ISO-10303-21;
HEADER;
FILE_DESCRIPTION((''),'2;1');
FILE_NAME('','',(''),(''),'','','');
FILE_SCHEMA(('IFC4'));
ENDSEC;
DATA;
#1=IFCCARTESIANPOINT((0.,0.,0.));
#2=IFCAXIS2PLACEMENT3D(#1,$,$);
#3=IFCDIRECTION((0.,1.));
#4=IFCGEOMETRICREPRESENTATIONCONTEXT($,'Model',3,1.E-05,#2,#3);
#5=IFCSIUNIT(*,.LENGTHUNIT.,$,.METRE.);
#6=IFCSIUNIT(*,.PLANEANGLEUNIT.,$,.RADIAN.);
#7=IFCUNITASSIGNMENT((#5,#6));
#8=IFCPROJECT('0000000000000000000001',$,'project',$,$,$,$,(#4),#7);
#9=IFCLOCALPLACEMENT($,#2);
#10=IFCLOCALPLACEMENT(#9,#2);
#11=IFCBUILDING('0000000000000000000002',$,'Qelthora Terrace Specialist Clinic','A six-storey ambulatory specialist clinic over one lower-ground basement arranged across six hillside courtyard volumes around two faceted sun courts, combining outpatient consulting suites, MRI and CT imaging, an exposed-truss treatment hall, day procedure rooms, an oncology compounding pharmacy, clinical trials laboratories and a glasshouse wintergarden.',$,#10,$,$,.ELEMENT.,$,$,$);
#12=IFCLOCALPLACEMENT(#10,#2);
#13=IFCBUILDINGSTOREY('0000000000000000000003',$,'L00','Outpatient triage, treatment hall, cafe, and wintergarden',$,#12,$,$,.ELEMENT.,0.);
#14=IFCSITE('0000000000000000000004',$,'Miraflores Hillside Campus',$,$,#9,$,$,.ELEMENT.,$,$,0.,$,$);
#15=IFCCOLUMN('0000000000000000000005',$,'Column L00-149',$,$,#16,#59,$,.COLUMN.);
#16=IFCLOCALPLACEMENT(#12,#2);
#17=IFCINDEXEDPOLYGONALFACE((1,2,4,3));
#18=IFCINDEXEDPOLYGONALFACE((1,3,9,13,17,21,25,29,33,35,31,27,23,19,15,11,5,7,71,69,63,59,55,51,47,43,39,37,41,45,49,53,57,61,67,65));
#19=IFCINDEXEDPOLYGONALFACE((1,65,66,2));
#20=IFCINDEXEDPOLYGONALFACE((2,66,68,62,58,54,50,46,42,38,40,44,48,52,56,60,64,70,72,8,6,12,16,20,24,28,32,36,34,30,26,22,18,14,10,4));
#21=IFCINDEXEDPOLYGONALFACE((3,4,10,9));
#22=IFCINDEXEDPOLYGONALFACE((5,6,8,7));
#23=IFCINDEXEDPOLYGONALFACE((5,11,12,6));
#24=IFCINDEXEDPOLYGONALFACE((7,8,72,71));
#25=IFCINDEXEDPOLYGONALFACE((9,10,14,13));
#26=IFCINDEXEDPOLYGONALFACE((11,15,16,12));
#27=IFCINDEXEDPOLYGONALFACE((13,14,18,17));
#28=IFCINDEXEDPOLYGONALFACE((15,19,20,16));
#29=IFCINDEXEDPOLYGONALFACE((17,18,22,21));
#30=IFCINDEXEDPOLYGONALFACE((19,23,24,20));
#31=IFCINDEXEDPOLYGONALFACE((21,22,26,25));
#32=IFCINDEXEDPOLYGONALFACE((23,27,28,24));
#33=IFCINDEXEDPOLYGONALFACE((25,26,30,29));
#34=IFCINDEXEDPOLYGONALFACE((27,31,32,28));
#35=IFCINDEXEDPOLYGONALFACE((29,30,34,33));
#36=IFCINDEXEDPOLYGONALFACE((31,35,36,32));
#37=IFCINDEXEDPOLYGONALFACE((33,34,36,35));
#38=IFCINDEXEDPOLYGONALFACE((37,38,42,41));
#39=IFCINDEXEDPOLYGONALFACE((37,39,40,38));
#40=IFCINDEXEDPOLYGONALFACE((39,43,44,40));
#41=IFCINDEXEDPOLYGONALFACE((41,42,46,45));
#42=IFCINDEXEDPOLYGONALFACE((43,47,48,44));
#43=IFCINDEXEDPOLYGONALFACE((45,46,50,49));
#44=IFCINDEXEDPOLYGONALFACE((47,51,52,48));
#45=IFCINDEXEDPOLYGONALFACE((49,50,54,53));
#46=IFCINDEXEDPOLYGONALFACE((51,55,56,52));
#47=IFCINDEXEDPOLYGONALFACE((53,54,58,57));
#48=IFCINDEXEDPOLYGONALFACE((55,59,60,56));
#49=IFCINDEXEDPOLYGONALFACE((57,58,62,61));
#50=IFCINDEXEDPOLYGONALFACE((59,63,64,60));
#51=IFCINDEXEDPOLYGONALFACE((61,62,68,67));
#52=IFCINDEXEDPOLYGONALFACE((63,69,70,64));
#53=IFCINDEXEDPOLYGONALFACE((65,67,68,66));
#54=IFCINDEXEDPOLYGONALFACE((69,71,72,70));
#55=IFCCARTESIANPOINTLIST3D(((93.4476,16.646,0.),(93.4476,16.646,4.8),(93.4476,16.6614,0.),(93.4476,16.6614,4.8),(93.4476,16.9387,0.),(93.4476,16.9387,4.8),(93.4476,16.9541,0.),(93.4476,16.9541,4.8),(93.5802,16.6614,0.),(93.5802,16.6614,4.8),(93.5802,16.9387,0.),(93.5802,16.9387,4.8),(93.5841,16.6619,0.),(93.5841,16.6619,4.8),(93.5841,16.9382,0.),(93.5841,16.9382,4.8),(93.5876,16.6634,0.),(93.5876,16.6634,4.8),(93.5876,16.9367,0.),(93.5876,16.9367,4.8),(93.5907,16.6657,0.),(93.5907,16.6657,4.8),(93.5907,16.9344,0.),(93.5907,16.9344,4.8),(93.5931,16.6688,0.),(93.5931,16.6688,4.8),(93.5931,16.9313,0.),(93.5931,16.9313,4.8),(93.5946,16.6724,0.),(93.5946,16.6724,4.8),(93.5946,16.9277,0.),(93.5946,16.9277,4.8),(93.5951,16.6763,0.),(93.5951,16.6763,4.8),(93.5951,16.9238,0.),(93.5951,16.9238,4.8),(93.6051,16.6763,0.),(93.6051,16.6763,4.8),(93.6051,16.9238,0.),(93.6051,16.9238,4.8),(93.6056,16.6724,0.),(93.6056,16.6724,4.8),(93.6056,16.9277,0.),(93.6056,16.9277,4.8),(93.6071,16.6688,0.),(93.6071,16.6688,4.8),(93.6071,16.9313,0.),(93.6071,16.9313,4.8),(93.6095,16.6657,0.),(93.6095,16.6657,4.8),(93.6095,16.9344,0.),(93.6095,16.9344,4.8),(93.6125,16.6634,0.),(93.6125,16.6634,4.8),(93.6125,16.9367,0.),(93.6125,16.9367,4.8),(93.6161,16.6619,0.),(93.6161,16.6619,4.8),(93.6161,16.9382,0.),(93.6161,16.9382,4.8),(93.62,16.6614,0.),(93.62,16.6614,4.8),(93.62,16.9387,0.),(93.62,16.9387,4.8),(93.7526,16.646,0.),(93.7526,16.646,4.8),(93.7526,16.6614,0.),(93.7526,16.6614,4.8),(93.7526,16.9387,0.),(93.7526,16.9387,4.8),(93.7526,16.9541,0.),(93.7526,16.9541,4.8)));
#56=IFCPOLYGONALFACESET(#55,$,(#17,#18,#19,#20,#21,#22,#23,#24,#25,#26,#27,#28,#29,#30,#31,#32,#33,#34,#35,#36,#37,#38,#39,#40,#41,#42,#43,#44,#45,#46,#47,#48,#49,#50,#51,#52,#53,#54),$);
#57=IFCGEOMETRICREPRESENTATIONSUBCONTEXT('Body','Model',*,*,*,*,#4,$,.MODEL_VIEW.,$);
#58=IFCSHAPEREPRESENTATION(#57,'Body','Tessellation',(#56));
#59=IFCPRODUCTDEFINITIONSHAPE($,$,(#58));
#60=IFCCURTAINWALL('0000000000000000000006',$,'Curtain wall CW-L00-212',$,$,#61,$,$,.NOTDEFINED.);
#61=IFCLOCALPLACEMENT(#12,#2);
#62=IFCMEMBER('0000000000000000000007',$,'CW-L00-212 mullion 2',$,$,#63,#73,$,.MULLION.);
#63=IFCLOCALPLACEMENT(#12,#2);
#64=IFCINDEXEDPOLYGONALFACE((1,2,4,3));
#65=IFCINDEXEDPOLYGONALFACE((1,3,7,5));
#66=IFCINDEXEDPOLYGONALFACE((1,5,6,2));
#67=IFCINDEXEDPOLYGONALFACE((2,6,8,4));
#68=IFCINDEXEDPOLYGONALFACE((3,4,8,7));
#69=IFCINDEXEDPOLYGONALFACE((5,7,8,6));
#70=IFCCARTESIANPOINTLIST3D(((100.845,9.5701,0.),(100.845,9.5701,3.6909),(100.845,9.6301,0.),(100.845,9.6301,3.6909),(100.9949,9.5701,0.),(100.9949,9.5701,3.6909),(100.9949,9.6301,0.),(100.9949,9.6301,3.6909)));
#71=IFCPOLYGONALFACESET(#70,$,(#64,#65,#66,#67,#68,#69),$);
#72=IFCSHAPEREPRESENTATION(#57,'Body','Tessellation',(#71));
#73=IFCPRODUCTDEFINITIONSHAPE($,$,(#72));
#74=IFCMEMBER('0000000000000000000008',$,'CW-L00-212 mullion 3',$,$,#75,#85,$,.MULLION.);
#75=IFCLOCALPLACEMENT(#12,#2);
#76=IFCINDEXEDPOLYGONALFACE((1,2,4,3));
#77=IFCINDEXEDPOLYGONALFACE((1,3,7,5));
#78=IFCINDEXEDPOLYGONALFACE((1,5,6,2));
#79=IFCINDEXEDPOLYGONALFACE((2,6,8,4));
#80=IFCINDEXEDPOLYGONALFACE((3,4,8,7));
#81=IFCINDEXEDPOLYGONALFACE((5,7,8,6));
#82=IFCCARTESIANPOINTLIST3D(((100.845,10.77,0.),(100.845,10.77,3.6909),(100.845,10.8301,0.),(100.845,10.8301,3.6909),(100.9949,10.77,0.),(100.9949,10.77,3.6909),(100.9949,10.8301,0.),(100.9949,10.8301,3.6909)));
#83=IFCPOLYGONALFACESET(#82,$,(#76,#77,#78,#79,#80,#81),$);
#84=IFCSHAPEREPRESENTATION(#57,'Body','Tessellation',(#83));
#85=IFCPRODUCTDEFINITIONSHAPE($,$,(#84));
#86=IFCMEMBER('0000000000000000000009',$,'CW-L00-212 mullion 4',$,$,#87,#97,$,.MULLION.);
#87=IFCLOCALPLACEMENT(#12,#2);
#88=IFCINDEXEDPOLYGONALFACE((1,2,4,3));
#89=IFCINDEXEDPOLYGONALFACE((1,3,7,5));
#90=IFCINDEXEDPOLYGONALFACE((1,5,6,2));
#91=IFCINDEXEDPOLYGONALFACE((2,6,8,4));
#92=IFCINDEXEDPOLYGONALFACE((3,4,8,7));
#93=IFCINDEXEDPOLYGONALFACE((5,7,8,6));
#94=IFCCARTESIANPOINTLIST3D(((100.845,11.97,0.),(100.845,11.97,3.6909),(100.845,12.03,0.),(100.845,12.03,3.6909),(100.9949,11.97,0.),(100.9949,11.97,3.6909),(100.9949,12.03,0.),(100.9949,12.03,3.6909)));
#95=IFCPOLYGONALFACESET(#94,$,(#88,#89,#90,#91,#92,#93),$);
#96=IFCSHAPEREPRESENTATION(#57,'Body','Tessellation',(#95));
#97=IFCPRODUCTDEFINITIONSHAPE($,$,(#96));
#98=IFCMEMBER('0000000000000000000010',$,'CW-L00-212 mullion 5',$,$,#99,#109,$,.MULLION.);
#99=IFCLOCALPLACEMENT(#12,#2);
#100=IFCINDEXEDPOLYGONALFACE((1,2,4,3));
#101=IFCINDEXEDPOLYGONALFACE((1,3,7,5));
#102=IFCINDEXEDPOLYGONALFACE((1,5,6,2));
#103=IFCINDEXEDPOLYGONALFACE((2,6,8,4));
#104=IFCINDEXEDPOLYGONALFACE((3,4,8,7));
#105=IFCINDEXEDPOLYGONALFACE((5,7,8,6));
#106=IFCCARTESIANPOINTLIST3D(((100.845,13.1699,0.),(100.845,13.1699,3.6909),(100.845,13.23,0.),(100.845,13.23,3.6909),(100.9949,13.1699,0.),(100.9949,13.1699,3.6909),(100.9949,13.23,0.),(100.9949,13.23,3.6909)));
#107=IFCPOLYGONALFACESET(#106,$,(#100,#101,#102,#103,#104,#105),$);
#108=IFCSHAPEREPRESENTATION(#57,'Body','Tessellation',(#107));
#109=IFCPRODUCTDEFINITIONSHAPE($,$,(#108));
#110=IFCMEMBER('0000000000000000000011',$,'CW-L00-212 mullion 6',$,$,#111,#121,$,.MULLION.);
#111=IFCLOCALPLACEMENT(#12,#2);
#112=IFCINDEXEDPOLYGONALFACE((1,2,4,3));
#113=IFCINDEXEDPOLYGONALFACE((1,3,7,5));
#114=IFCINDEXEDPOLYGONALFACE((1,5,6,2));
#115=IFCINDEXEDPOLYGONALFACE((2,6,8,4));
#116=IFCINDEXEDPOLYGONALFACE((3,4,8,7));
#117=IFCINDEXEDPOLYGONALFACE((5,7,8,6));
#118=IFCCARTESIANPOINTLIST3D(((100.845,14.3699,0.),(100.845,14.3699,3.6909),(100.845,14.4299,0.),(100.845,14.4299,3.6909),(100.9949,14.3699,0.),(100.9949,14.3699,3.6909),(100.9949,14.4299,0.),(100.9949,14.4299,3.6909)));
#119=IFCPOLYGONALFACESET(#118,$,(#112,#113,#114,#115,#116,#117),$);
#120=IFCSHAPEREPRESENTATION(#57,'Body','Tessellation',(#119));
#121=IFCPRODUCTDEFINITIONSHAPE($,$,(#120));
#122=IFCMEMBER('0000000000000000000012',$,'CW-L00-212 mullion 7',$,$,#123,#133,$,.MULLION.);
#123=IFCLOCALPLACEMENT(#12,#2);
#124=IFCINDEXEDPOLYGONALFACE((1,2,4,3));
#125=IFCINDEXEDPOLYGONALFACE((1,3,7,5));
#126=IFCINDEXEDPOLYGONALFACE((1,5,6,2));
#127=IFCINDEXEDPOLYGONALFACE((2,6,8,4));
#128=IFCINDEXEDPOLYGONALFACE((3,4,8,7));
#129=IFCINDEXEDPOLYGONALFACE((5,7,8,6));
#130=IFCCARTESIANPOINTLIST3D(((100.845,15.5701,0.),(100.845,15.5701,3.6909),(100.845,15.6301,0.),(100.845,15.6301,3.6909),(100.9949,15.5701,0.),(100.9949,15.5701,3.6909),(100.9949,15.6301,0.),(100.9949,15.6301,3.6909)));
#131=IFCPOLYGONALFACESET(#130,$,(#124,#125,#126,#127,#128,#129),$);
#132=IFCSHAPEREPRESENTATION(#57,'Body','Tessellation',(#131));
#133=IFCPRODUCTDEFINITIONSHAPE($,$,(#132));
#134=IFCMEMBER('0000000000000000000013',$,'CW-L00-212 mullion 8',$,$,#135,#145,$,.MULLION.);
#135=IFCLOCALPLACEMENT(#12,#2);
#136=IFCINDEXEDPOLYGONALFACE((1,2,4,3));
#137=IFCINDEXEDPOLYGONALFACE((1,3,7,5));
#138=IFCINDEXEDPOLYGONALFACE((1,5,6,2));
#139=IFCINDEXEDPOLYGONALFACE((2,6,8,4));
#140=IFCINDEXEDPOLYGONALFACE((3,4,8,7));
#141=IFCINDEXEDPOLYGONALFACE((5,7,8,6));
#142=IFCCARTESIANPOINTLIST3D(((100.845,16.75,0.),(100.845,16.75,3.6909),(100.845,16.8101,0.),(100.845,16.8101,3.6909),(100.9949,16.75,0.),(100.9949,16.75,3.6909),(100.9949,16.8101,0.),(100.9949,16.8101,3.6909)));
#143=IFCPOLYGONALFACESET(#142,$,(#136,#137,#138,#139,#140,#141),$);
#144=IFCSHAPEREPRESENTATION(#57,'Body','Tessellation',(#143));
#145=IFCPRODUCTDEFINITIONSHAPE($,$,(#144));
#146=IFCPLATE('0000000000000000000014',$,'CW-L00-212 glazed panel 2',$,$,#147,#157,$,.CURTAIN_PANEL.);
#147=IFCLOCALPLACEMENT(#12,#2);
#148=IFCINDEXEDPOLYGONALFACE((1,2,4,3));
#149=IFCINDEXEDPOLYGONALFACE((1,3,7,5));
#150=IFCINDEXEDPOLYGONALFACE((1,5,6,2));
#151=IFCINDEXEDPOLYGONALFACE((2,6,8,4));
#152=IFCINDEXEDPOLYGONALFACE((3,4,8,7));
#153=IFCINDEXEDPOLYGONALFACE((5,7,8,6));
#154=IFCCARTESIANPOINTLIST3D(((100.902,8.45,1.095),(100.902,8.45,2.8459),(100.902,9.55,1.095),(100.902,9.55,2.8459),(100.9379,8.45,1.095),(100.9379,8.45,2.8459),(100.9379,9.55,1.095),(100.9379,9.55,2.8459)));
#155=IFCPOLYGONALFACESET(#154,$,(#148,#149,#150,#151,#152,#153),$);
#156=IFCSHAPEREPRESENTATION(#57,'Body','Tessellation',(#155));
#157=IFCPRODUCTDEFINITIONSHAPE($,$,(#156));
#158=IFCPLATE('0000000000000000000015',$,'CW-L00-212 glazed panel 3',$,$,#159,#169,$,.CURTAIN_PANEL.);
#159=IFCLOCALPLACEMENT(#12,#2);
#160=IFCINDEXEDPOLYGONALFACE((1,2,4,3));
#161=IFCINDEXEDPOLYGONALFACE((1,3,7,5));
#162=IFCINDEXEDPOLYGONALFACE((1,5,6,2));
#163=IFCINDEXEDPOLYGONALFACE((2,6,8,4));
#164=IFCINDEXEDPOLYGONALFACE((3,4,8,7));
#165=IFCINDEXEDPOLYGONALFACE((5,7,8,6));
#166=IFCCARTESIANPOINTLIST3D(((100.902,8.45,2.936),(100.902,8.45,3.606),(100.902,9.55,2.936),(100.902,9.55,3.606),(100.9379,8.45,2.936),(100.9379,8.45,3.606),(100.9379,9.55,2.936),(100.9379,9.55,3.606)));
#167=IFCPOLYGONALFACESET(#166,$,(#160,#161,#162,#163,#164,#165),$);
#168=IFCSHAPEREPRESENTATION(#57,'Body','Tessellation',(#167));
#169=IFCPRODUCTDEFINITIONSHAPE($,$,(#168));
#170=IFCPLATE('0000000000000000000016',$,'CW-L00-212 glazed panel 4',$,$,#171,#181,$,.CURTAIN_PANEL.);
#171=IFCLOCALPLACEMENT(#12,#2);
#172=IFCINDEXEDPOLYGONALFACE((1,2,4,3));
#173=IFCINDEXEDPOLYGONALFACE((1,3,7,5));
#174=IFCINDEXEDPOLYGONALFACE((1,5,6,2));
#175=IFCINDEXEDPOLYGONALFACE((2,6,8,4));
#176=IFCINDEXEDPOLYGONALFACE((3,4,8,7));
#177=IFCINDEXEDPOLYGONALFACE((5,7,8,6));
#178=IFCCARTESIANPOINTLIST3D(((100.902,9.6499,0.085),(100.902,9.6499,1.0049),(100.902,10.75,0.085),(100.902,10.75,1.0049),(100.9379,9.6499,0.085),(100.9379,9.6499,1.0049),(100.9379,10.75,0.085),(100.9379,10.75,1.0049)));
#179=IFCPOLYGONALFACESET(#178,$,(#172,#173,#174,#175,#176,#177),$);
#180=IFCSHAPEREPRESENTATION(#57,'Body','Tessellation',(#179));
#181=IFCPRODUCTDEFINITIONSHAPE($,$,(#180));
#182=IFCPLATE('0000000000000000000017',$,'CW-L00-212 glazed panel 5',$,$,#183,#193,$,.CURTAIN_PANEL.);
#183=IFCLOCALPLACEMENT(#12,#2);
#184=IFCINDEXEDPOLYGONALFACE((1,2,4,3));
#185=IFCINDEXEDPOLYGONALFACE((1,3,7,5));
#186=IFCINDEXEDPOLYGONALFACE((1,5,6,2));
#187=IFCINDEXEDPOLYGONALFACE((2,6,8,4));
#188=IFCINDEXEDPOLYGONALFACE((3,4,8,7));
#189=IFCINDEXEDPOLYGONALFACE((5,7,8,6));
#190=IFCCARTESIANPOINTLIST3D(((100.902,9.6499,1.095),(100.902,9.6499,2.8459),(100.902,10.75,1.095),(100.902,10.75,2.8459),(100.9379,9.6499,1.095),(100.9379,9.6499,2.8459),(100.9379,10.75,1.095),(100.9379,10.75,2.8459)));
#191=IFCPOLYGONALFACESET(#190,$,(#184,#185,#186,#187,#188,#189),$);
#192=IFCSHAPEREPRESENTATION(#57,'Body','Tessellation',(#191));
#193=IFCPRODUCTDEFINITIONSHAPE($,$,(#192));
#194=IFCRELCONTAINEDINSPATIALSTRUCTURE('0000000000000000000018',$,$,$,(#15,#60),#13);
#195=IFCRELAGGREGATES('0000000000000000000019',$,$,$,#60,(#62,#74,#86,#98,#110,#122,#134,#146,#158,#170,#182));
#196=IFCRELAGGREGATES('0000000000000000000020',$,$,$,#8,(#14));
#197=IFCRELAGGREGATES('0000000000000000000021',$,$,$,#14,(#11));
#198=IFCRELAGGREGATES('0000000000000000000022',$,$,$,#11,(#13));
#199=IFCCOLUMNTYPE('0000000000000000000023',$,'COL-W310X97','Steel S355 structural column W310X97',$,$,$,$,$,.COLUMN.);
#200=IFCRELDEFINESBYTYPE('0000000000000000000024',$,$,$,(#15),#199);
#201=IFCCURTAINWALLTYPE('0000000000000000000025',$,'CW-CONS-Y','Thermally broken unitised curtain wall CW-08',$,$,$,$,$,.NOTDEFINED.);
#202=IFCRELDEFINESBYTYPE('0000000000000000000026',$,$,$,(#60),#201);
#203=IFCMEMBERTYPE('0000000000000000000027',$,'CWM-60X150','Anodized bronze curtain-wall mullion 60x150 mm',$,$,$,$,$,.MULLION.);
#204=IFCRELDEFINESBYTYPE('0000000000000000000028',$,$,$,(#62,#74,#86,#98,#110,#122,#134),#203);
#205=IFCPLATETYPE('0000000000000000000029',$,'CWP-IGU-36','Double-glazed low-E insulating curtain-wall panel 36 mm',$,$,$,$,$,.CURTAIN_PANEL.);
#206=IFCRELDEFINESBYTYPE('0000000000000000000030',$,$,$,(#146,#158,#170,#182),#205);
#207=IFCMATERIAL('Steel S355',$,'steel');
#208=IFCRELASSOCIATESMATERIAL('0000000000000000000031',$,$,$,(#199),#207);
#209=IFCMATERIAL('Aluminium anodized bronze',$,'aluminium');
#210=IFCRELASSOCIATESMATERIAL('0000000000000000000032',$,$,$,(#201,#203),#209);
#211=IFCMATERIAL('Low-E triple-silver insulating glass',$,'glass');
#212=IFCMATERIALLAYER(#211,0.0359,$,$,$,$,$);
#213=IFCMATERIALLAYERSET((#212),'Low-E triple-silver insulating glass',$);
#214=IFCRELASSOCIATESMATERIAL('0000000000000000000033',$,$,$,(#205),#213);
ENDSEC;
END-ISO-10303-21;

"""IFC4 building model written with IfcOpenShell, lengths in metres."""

from ifc_helpers import new_model, si_unit, direction, frame, origin, origin_2d, place, context, subcontext, project, spatial, rectangle, i_section, extrude, material, layer, layer_set, material_profile, profile_set, type_object, element, aggregate, save


model = new_model("IFC4")

# Units and contexts
model_context = context("Model", 3, precision=1e-05, world=origin(), true_north=direction((0.0, 1.0)))
body_context = subcontext(model_context, "Body", "Model", "MODEL_VIEW")
ifc_project = project(units=[si_unit("LENGTHUNIT", "METRE"), si_unit("PLANEANGLEUNIT", "RADIAN")], contexts=[model_context])

# Site, building, storey
site_placement = place(None, origin())
site = spatial("IfcSite", under=ifc_project, at=site_placement, Name="Miraflores Hillside Campus", CompositionType="ELEMENT", RefElevation=0.0)
building_placement = place(site_placement, origin())
building = spatial("IfcBuilding", under=site, at=building_placement, Name="Qelthora Terrace Specialist Clinic", Description="A six-storey ambulatory specialist clinic over one lower-ground basement arranged across six hillside courtyard volumes around two faceted sun courts, combining outpatient consulting suites, MRI and CT imaging, an exposed-truss treatment hall, day procedure rooms, an oncology compounding pharmacy, clinical trials laboratories and a glasshouse wintergarden.", CompositionType="ELEMENT")
storey_placement = place(building_placement, origin())
storey = spatial("IfcBuildingStorey", under=building, at=storey_placement, Name="L00", Description="Outpatient triage, treatment hall, cafe, and wintergarden", CompositionType="ELEMENT", Elevation=0.0)

# Column
ifc_material_1 = material(Name="Steel S355", Category="steel")
ifc_material_profile_1 = material_profile(ifc_material_1, i_section(OverallWidth=0.3049, OverallDepth=0.3081, WebThickness=0.01, FlangeThickness=0.0154, FilletRadius=0.0149, at=origin_2d()), Name="W310X97")
ifc_profile_set_1 = profile_set([ifc_material_profile_1], Name="Steel S355")
column_type = type_object("IfcColumnType", Name="COL-W310X97", Description="Steel S355 structural column W310X97", PredefinedType="COLUMN", material=ifc_profile_set_1)
column_placement = place(storey_placement, frame((93.6001, 16.8, 0.0), z_axis=(0.0, 0.0, 1.0), x_axis=(1.0, 0.0, 0.0)))
element("IfcColumn", 1, at=column_placement, inside=storey, type_object=column_type, Name="Column L00-149", PredefinedType="COLUMN", context=body_context, shape_type="SweptSolid", body=[
    extrude(i_section(OverallWidth=0.3049, OverallDepth=0.3081, WebThickness=0.01, FlangeThickness=0.0154, FilletRadius=0.0149, at=origin_2d()), origin(), (0.0, 0.0, 1.0), 4.8),
])

# Curtain wall, members, plates
ifc_material_2 = material(Name="Aluminium anodized bronze", Category="aluminium")
curtain_wall_type = type_object("IfcCurtainWallType", Name="CW-CONS-Y", Description="Thermally broken unitised curtain wall CW-08", PredefinedType="NOTDEFINED", material=ifc_material_2)
curtain_wall_placement = place(storey_placement, origin())
curtain_wall = element("IfcCurtainWall", 2, at=curtain_wall_placement, inside=storey, type_object=curtain_wall_type, Name="Curtain wall CW-L00-212", PredefinedType="NOTDEFINED")
ifc_material_profile_2 = material_profile(ifc_material_2, rectangle(XDim=0.0601, YDim=0.1499, at=origin_2d()), Name="CWM60X150")
ifc_profile_set_2 = profile_set([ifc_material_profile_2], Name="Aluminium anodized bronze")
member_type = type_object("IfcMemberType", Name="CWM-60X150", Description="Anodized bronze curtain-wall mullion 60x150 mm", PredefinedType="MULLION", material=ifc_profile_set_2)
member_1_placement = place(storey_placement, frame((100.9199, 9.6001, 0.0), z_axis=(0.0, 0.0, 1.0), x_axis=(0.0, 1.0, 0.0)))
member_1 = element("IfcMember", 3, at=member_1_placement, type_object=member_type, Name="CW-L00-212 mullion 2", PredefinedType="MULLION", context=body_context, shape_type="SweptSolid", body=[
    extrude(rectangle(XDim=0.0601, YDim=0.1499, at=origin_2d()), origin(), (0.0, 0.0, 1.0), 3.6909),
])
member_2_placement = place(storey_placement, frame((100.9199, 10.8, 0.0), z_axis=(0.0, 0.0, 1.0), x_axis=(0.0, 1.0, 0.0)))
member_2 = element("IfcMember", 4, at=member_2_placement, type_object=member_type, Name="CW-L00-212 mullion 3", PredefinedType="MULLION", context=body_context, shape_type="SweptSolid", body=[
    extrude(rectangle(XDim=0.0601, YDim=0.1499, at=origin_2d()), origin(), (0.0, 0.0, 1.0), 3.6909),
])
member_3_placement = place(storey_placement, frame((100.9199, 12.0, 0.0), z_axis=(0.0, 0.0, 1.0), x_axis=(0.0, 1.0, 0.0)))
member_3 = element("IfcMember", 5, at=member_3_placement, type_object=member_type, Name="CW-L00-212 mullion 4", PredefinedType="MULLION", context=body_context, shape_type="SweptSolid", body=[
    extrude(rectangle(XDim=0.0601, YDim=0.1499, at=origin_2d()), origin(), (0.0, 0.0, 1.0), 3.6909),
])
member_4_placement = place(storey_placement, frame((100.9199, 13.2, 0.0), z_axis=(0.0, 0.0, 1.0), x_axis=(0.0, 1.0, 0.0)))
member_4 = element("IfcMember", 6, at=member_4_placement, type_object=member_type, Name="CW-L00-212 mullion 5", PredefinedType="MULLION", context=body_context, shape_type="SweptSolid", body=[
    extrude(rectangle(XDim=0.0601, YDim=0.1499, at=origin_2d()), origin(), (0.0, 0.0, 1.0), 3.6909),
])
member_5_placement = place(storey_placement, frame((100.9199, 14.3999, 0.0), z_axis=(0.0, 0.0, 1.0), x_axis=(0.0, 1.0, 0.0)))
member_5 = element("IfcMember", 7, at=member_5_placement, type_object=member_type, Name="CW-L00-212 mullion 6", PredefinedType="MULLION", context=body_context, shape_type="SweptSolid", body=[
    extrude(rectangle(XDim=0.0601, YDim=0.1499, at=origin_2d()), origin(), (0.0, 0.0, 1.0), 3.6909),
])
member_6_placement = place(storey_placement, frame((100.9199, 15.6001, 0.0), z_axis=(0.0, 0.0, 1.0), x_axis=(0.0, 1.0, 0.0)))
member_6 = element("IfcMember", 8, at=member_6_placement, type_object=member_type, Name="CW-L00-212 mullion 7", PredefinedType="MULLION", context=body_context, shape_type="SweptSolid", body=[
    extrude(rectangle(XDim=0.0601, YDim=0.1499, at=origin_2d()), origin(), (0.0, 0.0, 1.0), 3.6909),
])
member_7_placement = place(storey_placement, frame((100.9199, 16.78, 0.0), z_axis=(0.0, 0.0, 1.0), x_axis=(0.0, 1.0, 0.0)))
member_7 = element("IfcMember", 9, at=member_7_placement, type_object=member_type, Name="CW-L00-212 mullion 8", PredefinedType="MULLION", context=body_context, shape_type="SweptSolid", body=[
    extrude(rectangle(XDim=0.0601, YDim=0.1499, at=origin_2d()), origin(), (0.0, 0.0, 1.0), 3.6909),
])
ifc_material_3 = material(Name="Low-E triple-silver insulating glass", Category="glass")
ifc_layer = layer(ifc_material_3, 0.0359)
ifc_layer_set = layer_set([ifc_layer], Name="Low-E triple-silver insulating glass")
plate_type = type_object("IfcPlateType", Name="CWP-IGU-36", Description="Double-glazed low-E insulating curtain-wall panel 36 mm", PredefinedType="CURTAIN_PANEL", material=ifc_layer_set)
plate_1_placement = place(storey_placement, frame((100.9199, 9.0, 1.095), z_axis=(0.0, 0.0, 1.0), x_axis=(0.0, 1.0, 0.0)))
plate_1 = element("IfcPlate", 10, at=plate_1_placement, type_object=plate_type, Name="CW-L00-212 glazed panel 2", PredefinedType="CURTAIN_PANEL", context=body_context, shape_type="SweptSolid", body=[
    extrude(rectangle(XDim=1.1001, YDim=0.0359, at=origin_2d()), origin(), (0.0, 0.0, 1.0), 1.751),
])
plate_2_placement = place(storey_placement, frame((100.9199, 9.0, 2.936), z_axis=(0.0, 0.0, 1.0), x_axis=(0.0, 1.0, 0.0)))
plate_2 = element("IfcPlate", 11, at=plate_2_placement, type_object=plate_type, Name="CW-L00-212 glazed panel 3", PredefinedType="CURTAIN_PANEL", context=body_context, shape_type="SweptSolid", body=[
    extrude(rectangle(XDim=1.1001, YDim=0.0359, at=origin_2d()), origin(), (0.0, 0.0, 1.0), 0.6699),
])
plate_3_placement = place(storey_placement, frame((100.9199, 10.2, 0.085), z_axis=(0.0, 0.0, 1.0), x_axis=(0.0, 1.0, 0.0)))
plate_3 = element("IfcPlate", 12, at=plate_3_placement, type_object=plate_type, Name="CW-L00-212 glazed panel 4", PredefinedType="CURTAIN_PANEL", context=body_context, shape_type="SweptSolid", body=[
    extrude(rectangle(XDim=1.1001, YDim=0.0359, at=origin_2d()), origin(), (0.0, 0.0, 1.0), 0.9199),
])
plate_4_placement = place(storey_placement, frame((100.9199, 10.2, 1.095), z_axis=(0.0, 0.0, 1.0), x_axis=(0.0, 1.0, 0.0)))
plate_4 = element("IfcPlate", 13, at=plate_4_placement, type_object=plate_type, Name="CW-L00-212 glazed panel 5", PredefinedType="CURTAIN_PANEL", context=body_context, shape_type="SweptSolid", body=[
    extrude(rectangle(XDim=1.1001, YDim=0.0359, at=origin_2d()), origin(), (0.0, 0.0, 1.0), 1.751),
])
aggregate(curtain_wall, [member_1, member_2, member_3, member_4, member_5, member_6, member_7, plate_1, plate_2, plate_3, plate_4])

save(model, "model.ifc")
